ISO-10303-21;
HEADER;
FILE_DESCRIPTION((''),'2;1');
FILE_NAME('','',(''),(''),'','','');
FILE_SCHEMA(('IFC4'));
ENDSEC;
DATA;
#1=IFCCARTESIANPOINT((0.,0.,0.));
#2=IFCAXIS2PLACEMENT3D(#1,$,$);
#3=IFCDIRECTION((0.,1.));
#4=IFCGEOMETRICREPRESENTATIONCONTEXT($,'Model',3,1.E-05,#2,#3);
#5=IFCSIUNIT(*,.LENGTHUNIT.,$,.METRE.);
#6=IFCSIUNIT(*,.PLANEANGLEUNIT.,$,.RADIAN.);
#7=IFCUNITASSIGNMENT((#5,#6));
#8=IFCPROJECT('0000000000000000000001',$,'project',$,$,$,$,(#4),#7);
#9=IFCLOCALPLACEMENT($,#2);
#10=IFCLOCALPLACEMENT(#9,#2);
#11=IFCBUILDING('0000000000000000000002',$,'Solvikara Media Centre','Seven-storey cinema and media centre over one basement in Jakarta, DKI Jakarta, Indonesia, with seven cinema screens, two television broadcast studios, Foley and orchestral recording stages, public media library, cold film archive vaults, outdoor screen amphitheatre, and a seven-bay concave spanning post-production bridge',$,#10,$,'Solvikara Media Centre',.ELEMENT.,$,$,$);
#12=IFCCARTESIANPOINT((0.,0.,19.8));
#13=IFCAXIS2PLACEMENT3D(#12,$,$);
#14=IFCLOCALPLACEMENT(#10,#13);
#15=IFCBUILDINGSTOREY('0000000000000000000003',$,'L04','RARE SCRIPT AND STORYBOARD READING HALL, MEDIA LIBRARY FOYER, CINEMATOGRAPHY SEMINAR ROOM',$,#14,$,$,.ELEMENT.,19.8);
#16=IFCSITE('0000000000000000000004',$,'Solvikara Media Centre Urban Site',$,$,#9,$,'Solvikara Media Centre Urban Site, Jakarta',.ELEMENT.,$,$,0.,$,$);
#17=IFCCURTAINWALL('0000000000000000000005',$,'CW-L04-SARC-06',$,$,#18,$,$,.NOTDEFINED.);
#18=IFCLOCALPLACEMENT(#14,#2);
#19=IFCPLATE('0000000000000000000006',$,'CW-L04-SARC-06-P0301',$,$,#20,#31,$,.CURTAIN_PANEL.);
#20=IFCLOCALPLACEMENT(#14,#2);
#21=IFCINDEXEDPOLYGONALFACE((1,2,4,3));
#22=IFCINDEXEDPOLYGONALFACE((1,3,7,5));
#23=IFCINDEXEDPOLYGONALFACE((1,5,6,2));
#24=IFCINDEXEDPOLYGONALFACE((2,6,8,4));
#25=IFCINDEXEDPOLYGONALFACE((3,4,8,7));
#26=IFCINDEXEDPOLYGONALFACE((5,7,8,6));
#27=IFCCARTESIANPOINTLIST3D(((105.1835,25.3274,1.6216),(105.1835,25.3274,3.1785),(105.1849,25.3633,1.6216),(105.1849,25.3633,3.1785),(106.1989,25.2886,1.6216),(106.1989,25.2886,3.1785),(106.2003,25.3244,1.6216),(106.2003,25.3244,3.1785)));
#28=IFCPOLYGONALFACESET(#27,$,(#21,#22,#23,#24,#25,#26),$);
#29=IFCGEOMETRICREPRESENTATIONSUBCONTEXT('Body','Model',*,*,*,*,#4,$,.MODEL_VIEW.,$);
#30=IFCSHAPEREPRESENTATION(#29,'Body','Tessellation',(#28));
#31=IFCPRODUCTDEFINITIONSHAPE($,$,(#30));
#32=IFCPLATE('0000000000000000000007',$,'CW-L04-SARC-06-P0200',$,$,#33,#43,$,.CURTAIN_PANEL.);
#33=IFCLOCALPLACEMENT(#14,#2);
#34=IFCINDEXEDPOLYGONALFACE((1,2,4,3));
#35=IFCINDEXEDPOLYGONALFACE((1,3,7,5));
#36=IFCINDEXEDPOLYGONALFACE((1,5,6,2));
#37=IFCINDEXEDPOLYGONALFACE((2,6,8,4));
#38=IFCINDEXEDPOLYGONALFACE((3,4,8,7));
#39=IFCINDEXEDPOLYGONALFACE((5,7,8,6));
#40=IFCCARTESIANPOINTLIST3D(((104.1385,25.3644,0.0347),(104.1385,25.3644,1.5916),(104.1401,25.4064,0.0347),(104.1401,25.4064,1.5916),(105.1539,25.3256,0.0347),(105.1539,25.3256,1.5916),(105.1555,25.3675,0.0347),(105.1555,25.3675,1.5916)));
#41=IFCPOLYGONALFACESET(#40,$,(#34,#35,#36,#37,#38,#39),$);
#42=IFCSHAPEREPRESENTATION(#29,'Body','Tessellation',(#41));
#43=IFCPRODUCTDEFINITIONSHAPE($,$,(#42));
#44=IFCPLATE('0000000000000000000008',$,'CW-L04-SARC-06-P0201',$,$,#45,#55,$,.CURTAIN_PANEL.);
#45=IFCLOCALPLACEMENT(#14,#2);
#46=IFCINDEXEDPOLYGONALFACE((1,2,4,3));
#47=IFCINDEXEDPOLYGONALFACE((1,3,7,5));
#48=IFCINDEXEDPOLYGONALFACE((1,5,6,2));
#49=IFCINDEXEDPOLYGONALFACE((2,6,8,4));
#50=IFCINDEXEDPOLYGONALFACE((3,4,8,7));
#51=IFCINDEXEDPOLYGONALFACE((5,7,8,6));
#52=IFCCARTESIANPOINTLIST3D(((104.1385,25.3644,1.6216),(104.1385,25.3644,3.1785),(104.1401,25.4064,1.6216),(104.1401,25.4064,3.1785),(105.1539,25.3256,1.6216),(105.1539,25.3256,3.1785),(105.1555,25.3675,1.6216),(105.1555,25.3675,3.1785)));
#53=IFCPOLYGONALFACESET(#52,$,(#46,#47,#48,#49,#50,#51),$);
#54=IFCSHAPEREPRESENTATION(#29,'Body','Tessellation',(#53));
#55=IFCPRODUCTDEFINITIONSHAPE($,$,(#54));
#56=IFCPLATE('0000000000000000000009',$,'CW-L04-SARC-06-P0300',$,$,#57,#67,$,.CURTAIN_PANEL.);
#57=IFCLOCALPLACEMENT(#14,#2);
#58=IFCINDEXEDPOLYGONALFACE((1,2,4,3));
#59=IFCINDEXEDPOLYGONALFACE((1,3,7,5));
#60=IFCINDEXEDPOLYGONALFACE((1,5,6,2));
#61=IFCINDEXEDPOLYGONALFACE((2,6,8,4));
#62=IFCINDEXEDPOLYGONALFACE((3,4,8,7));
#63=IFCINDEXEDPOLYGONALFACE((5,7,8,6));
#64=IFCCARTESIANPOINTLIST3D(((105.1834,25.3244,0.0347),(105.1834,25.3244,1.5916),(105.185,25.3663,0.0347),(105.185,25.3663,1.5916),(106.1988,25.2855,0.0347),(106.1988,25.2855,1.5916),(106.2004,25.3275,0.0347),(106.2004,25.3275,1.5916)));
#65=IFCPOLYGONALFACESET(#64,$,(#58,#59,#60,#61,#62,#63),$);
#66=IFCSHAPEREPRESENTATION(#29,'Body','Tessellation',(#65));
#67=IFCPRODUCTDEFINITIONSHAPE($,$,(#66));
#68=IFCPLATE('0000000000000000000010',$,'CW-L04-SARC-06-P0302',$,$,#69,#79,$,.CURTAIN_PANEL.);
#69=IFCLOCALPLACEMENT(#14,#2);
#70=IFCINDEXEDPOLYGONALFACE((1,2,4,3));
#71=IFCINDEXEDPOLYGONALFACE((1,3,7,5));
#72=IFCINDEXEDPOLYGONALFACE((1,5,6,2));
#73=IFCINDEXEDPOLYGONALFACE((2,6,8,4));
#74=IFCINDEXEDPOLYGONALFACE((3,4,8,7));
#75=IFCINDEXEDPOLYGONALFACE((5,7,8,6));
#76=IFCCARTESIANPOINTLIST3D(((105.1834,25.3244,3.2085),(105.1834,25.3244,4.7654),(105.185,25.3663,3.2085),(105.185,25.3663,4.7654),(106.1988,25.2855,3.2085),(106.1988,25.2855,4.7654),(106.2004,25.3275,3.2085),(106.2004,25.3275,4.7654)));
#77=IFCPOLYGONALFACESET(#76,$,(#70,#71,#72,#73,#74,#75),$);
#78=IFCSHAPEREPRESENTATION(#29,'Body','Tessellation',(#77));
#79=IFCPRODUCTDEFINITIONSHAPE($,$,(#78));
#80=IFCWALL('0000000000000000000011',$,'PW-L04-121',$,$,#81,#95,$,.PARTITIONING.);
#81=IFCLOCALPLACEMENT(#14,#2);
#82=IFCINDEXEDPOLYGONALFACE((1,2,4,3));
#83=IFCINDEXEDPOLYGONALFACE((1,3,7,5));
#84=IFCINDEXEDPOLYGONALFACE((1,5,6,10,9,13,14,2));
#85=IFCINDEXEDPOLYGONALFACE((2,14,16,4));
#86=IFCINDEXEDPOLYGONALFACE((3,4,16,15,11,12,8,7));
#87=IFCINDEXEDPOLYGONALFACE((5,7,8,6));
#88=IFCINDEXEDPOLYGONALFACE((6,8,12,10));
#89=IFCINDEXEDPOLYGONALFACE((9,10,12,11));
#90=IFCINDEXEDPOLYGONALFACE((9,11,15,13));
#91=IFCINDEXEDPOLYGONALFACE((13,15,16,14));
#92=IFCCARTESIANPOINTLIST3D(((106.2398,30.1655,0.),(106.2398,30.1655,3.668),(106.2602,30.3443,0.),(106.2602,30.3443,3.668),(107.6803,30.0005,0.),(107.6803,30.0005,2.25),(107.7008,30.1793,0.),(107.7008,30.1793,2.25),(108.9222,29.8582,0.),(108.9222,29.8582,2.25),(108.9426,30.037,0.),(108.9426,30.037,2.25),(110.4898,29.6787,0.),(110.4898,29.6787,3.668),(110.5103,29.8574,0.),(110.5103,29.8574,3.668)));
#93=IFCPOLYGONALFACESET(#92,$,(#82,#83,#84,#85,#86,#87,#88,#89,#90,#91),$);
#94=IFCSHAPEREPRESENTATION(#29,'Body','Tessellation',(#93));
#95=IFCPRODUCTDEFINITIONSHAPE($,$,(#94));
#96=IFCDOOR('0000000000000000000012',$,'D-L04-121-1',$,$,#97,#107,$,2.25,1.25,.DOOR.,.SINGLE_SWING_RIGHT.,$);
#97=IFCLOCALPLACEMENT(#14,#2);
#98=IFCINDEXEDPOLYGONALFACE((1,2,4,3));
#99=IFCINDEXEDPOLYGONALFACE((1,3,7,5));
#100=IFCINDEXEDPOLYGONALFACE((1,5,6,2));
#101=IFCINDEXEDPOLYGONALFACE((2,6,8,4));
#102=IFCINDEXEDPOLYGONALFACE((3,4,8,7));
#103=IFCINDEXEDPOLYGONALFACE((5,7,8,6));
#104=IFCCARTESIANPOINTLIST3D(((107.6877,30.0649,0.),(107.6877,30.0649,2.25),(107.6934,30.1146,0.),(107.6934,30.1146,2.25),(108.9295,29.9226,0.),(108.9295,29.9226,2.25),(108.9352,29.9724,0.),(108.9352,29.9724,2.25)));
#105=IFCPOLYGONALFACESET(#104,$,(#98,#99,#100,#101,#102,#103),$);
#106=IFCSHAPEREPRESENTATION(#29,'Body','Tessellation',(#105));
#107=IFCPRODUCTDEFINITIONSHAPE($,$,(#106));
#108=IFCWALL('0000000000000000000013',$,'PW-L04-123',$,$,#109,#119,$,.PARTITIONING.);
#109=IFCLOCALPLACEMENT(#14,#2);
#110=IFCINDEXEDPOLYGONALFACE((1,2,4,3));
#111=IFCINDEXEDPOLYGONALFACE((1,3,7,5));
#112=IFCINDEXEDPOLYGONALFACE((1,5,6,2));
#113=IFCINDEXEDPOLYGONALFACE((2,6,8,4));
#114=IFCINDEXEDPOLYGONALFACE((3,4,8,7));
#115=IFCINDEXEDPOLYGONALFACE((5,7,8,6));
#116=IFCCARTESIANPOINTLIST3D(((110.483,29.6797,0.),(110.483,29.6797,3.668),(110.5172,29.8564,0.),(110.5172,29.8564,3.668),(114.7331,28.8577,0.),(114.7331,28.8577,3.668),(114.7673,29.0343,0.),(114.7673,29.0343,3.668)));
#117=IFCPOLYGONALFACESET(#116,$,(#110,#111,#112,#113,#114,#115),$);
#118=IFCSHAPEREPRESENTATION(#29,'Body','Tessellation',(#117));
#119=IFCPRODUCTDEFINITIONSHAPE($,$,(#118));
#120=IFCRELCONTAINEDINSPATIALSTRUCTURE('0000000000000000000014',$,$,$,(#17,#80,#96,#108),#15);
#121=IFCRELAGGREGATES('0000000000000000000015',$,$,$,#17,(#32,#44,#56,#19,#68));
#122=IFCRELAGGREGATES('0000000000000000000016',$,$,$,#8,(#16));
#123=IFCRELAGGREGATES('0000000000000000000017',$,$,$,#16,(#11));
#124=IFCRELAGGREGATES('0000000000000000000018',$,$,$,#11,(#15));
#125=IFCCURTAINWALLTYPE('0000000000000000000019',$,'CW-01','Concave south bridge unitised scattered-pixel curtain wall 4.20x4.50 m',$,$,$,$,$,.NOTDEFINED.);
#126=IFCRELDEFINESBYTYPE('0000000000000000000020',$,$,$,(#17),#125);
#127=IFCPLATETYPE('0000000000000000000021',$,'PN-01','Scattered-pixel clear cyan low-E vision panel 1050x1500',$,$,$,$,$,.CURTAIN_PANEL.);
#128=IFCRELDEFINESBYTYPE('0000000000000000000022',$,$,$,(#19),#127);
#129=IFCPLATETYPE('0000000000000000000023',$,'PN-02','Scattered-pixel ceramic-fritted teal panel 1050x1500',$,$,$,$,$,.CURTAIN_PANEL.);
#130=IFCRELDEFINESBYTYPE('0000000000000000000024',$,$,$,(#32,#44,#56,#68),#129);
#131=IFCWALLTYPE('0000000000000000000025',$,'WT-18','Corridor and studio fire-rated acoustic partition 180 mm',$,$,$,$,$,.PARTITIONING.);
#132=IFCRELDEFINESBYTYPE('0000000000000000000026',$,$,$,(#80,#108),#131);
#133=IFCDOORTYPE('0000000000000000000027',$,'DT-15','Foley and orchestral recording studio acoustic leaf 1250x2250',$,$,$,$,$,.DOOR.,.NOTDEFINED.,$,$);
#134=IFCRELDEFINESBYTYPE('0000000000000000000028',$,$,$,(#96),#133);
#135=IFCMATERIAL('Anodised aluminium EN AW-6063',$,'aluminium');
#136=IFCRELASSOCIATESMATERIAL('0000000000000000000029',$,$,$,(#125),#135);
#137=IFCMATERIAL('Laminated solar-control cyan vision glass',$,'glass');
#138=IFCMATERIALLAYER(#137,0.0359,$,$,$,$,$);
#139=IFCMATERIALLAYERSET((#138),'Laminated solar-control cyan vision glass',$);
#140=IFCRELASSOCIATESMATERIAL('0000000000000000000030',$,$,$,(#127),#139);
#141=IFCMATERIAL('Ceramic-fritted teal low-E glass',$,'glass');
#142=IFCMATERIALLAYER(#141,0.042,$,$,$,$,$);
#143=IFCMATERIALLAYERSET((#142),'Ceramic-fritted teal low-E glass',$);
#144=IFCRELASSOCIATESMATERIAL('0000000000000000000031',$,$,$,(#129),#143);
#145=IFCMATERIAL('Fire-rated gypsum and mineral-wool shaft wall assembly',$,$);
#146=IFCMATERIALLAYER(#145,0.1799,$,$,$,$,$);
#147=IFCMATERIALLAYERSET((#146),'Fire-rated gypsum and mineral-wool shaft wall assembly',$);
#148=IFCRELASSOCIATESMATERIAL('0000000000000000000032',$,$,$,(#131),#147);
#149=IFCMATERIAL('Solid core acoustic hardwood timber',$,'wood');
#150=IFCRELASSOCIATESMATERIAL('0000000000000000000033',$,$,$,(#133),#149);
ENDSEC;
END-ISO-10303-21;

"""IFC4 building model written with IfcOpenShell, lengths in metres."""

from ifc_helpers import new_model, si_unit, direction, frame, frame_2d, origin, origin_2d, place, context, subcontext, project, spatial, rectangle, extrude, material, layer, layer_set, type_object, element, fill, aggregate, save


model = new_model("IFC4")

# Units and contexts
model_context = context("Model", 3, precision=1e-05, world=origin(), true_north=direction((0.0, 1.0)))
body_context = subcontext(model_context, "Body", "Model", "MODEL_VIEW")
ifc_project = project(units=[si_unit("LENGTHUNIT", "METRE"), si_unit("PLANEANGLEUNIT", "RADIAN")], contexts=[model_context])

# Site, building, storey
site_placement = place(None, origin())
site = spatial("IfcSite", under=ifc_project, at=site_placement, Name="Solvikara Media Centre Urban Site", LongName="Solvikara Media Centre Urban Site, Jakarta", CompositionType="ELEMENT", RefElevation=0.0)
building_placement = place(site_placement, origin())
building = spatial("IfcBuilding", under=site, at=building_placement, Name="Solvikara Media Centre", Description="Seven-storey cinema and media centre over one basement in Jakarta, DKI Jakarta, Indonesia, with seven cinema screens, two television broadcast studios, Foley and orchestral recording stages, public media library, cold film archive vaults, outdoor screen amphitheatre, and a seven-bay concave spanning post-production bridge", LongName="Solvikara Media Centre", CompositionType="ELEMENT")
storey_placement = place(building_placement, frame((0.0, 0.0, 19.8)))
storey = spatial("IfcBuildingStorey", under=building, at=storey_placement, Name="L04", Description="RARE SCRIPT AND STORYBOARD READING HALL, MEDIA LIBRARY FOYER, CINEMATOGRAPHY SEMINAR ROOM", CompositionType="ELEMENT", Elevation=19.8)

# Curtain wall
ifc_material_1 = material(Name="Anodised aluminium EN AW-6063", Category="aluminium")
curtain_wall_type = type_object("IfcCurtainWallType", Name="CW-01", Description="Concave south bridge unitised scattered-pixel curtain wall 4.20x4.50 m", PredefinedType="NOTDEFINED", material=ifc_material_1)
curtain_wall_1_placement = place(storey_placement, origin())
curtain_wall_1 = element("IfcCurtainWall", 1, at=curtain_wall_1_placement, inside=storey, type_object=curtain_wall_type, Name="CW-L04-SARC-06", PredefinedType="NOTDEFINED")

# Plates
ifc_material_2 = material(Name="Laminated solar-control cyan vision glass", Category="glass")
ifc_layer_1 = layer(ifc_material_2, 0.0359)
ifc_layer_set_1 = layer_set([ifc_layer_1], Name="Laminated solar-control cyan vision glass")
plate_type_1 = type_object("IfcPlateType", Name="PN-01", Description="Scattered-pixel clear cyan low-E vision panel 1050x1500", PredefinedType="CURTAIN_PANEL", material=ifc_layer_set_1)
plate_1_placement = place(storey_placement, frame((105.6919, 25.3259, 1.6216), z_axis=(0.0, 0.0, 1.0), x_axis=(0.999268, -0.038248, 0.0)))
plate_1 = element("IfcPlate", 2, at=plate_1_placement, type_object=plate_type_1, Name="CW-L04-SARC-06-P0301", PredefinedType="CURTAIN_PANEL", context=body_context, shape_type="SweptSolid", body=[
    extrude(rectangle(XDim=1.0161, YDim=0.0359, at=origin_2d()), origin(), (0.0, 0.0, 1.0), 1.5569),
])
ifc_material_3 = material(Name="Ceramic-fritted teal low-E glass", Category="glass")
ifc_layer_2 = layer(ifc_material_3, 0.042)
ifc_layer_set_2 = layer_set([ifc_layer_2], Name="Ceramic-fritted teal low-E glass")
plate_type_2 = type_object("IfcPlateType", Name="PN-02", Description="Scattered-pixel ceramic-fritted teal panel 1050x1500", PredefinedType="CURTAIN_PANEL", material=ifc_layer_set_2)
plate_2_placement = place(storey_placement, frame((104.647, 25.366, 0.0347), z_axis=(0.0, 0.0, 1.0), x_axis=(0.999268, -0.038248, 0.0)))
plate_2 = element("IfcPlate", 3, at=plate_2_placement, type_object=plate_type_2, Name="CW-L04-SARC-06-P0200", PredefinedType="CURTAIN_PANEL", context=body_context, shape_type="SweptSolid", body=[
    extrude(rectangle(XDim=1.0161, YDim=0.042, at=origin_2d()), origin(), (0.0, 0.0, 1.0), 1.5569),
])
plate_3_placement = place(storey_placement, frame((104.647, 25.366, 1.6216), z_axis=(0.0, 0.0, 1.0), x_axis=(0.999268, -0.038248, 0.0)))
plate_3 = element("IfcPlate", 4, at=plate_3_placement, type_object=plate_type_2, Name="CW-L04-SARC-06-P0201", PredefinedType="CURTAIN_PANEL", context=body_context, shape_type="SweptSolid", body=[
    extrude(rectangle(XDim=1.0161, YDim=0.042, at=origin_2d()), origin(), (0.0, 0.0, 1.0), 1.5569),
])
plate_4_placement = place(storey_placement, frame((105.6919, 25.3259, 0.0347), z_axis=(0.0, 0.0, 1.0), x_axis=(0.999268, -0.038248, 0.0)))
plate_4 = element("IfcPlate", 5, at=plate_4_placement, type_object=plate_type_2, Name="CW-L04-SARC-06-P0300", PredefinedType="CURTAIN_PANEL", context=body_context, shape_type="SweptSolid", body=[
    extrude(rectangle(XDim=1.0161, YDim=0.042, at=origin_2d()), origin(), (0.0, 0.0, 1.0), 1.5569),
])
plate_5_placement = place(storey_placement, frame((105.6919, 25.3259, 3.2085), z_axis=(0.0, 0.0, 1.0), x_axis=(0.999268, -0.038248, 0.0)))
plate_5 = element("IfcPlate", 6, at=plate_5_placement, type_object=plate_type_2, Name="CW-L04-SARC-06-P0302", PredefinedType="CURTAIN_PANEL", context=body_context, shape_type="SweptSolid", body=[
    extrude(rectangle(XDim=1.0161, YDim=0.042, at=origin_2d()), origin(), (0.0, 0.0, 1.0), 1.5569),
])
aggregate(curtain_wall_1, [plate_2, plate_3, plate_4, plate_1, plate_5])

# Wall, opening, door
ifc_material_4 = material(Name="Fire-rated gypsum and mineral-wool shaft wall assembly")
ifc_layer_3 = layer(ifc_material_4, 0.1799)
ifc_layer_set_3 = layer_set([ifc_layer_3], Name="Fire-rated gypsum and mineral-wool shaft wall assembly")
wall_type = type_object("IfcWallType", Name="WT-18", Description="Corridor and studio fire-rated acoustic partition 180 mm", PredefinedType="PARTITIONING", material=ifc_layer_set_3)
wall_1_placement = place(storey_placement, frame((106.25, 30.2549, 0.0), z_axis=(0.0, 0.0, 1.0), x_axis=(0.993504, -0.113801, 0.0)))
wall_1 = element("IfcWall", 7, at=wall_1_placement, inside=storey, type_object=wall_type, Name="PW-L04-121", PredefinedType="PARTITIONING", context=body_context, shape_type="SweptSolid", body=[
    extrude(rectangle(XDim=4.2778, YDim=0.1799, at=frame_2d((2.1389, 0.0))), origin(), (0.0, 0.0, 1.0), 3.668),
])
opening_placement = place(wall_1_placement, frame((1.45, 0.0, 0.0)))
opening = element("IfcOpeningElement", 8, at=opening_placement, cuts=wall_1, PredefinedType="OPENING", context=body_context, shape_type="SweptSolid", body=[
    extrude(rectangle(XDim=1.25, YDim=2.25, at=frame_2d((0.625, 1.125))), frame((0.0, 0.1021, 0.0), z_axis=(0.0, -1.0, 0.0), x_axis=(1.0, 0.0, 0.0)), (0.0, 0.0, 1.0), 0.2039),
])
ifc_material_5 = material(Name="Solid core acoustic hardwood timber", Category="wood")
door_type = type_object("IfcDoorType", Name="DT-15", Description="Foley and orchestral recording studio acoustic leaf 1250x2250", OperationType="NOTDEFINED", PredefinedType="DOOR", material=ifc_material_5)
door_placement = place(opening_placement, origin())
door = element("IfcDoor", 9, at=door_placement, inside=storey, type_object=door_type, Name="D-L04-121-1", OperationType="SINGLE_SWING_RIGHT", OverallHeight=2.25, OverallWidth=1.25, PredefinedType="DOOR", context=body_context, shape_type="SweptSolid", body=[
    extrude(rectangle(XDim=1.25, YDim=2.25, at=frame_2d((0.625, 1.125))), frame((0.0, 0.0249, 0.0), z_axis=(0.0, -1.0, 0.0), x_axis=(1.0, 0.0, 0.0)), (0.0, 0.0, 1.0), 0.05),
])
fill(opening, door)

# Wall
wall_2_placement = place(storey_placement, frame((110.5, 29.7681, 0.0), z_axis=(0.0, 0.0, 1.0), x_axis=(0.981804, -0.189897, 0.0)))
element("IfcWall", 10, at=wall_2_placement, inside=storey, type_object=wall_type, Name="PW-L04-123", PredefinedType="PARTITIONING", context=body_context, shape_type="SweptSolid", body=[
    extrude(rectangle(XDim=4.3289, YDim=0.1799, at=frame_2d((2.1646, 0.0))), origin(), (0.0, 0.0, 1.0), 3.668),
])

save(model, "model.ifc")
